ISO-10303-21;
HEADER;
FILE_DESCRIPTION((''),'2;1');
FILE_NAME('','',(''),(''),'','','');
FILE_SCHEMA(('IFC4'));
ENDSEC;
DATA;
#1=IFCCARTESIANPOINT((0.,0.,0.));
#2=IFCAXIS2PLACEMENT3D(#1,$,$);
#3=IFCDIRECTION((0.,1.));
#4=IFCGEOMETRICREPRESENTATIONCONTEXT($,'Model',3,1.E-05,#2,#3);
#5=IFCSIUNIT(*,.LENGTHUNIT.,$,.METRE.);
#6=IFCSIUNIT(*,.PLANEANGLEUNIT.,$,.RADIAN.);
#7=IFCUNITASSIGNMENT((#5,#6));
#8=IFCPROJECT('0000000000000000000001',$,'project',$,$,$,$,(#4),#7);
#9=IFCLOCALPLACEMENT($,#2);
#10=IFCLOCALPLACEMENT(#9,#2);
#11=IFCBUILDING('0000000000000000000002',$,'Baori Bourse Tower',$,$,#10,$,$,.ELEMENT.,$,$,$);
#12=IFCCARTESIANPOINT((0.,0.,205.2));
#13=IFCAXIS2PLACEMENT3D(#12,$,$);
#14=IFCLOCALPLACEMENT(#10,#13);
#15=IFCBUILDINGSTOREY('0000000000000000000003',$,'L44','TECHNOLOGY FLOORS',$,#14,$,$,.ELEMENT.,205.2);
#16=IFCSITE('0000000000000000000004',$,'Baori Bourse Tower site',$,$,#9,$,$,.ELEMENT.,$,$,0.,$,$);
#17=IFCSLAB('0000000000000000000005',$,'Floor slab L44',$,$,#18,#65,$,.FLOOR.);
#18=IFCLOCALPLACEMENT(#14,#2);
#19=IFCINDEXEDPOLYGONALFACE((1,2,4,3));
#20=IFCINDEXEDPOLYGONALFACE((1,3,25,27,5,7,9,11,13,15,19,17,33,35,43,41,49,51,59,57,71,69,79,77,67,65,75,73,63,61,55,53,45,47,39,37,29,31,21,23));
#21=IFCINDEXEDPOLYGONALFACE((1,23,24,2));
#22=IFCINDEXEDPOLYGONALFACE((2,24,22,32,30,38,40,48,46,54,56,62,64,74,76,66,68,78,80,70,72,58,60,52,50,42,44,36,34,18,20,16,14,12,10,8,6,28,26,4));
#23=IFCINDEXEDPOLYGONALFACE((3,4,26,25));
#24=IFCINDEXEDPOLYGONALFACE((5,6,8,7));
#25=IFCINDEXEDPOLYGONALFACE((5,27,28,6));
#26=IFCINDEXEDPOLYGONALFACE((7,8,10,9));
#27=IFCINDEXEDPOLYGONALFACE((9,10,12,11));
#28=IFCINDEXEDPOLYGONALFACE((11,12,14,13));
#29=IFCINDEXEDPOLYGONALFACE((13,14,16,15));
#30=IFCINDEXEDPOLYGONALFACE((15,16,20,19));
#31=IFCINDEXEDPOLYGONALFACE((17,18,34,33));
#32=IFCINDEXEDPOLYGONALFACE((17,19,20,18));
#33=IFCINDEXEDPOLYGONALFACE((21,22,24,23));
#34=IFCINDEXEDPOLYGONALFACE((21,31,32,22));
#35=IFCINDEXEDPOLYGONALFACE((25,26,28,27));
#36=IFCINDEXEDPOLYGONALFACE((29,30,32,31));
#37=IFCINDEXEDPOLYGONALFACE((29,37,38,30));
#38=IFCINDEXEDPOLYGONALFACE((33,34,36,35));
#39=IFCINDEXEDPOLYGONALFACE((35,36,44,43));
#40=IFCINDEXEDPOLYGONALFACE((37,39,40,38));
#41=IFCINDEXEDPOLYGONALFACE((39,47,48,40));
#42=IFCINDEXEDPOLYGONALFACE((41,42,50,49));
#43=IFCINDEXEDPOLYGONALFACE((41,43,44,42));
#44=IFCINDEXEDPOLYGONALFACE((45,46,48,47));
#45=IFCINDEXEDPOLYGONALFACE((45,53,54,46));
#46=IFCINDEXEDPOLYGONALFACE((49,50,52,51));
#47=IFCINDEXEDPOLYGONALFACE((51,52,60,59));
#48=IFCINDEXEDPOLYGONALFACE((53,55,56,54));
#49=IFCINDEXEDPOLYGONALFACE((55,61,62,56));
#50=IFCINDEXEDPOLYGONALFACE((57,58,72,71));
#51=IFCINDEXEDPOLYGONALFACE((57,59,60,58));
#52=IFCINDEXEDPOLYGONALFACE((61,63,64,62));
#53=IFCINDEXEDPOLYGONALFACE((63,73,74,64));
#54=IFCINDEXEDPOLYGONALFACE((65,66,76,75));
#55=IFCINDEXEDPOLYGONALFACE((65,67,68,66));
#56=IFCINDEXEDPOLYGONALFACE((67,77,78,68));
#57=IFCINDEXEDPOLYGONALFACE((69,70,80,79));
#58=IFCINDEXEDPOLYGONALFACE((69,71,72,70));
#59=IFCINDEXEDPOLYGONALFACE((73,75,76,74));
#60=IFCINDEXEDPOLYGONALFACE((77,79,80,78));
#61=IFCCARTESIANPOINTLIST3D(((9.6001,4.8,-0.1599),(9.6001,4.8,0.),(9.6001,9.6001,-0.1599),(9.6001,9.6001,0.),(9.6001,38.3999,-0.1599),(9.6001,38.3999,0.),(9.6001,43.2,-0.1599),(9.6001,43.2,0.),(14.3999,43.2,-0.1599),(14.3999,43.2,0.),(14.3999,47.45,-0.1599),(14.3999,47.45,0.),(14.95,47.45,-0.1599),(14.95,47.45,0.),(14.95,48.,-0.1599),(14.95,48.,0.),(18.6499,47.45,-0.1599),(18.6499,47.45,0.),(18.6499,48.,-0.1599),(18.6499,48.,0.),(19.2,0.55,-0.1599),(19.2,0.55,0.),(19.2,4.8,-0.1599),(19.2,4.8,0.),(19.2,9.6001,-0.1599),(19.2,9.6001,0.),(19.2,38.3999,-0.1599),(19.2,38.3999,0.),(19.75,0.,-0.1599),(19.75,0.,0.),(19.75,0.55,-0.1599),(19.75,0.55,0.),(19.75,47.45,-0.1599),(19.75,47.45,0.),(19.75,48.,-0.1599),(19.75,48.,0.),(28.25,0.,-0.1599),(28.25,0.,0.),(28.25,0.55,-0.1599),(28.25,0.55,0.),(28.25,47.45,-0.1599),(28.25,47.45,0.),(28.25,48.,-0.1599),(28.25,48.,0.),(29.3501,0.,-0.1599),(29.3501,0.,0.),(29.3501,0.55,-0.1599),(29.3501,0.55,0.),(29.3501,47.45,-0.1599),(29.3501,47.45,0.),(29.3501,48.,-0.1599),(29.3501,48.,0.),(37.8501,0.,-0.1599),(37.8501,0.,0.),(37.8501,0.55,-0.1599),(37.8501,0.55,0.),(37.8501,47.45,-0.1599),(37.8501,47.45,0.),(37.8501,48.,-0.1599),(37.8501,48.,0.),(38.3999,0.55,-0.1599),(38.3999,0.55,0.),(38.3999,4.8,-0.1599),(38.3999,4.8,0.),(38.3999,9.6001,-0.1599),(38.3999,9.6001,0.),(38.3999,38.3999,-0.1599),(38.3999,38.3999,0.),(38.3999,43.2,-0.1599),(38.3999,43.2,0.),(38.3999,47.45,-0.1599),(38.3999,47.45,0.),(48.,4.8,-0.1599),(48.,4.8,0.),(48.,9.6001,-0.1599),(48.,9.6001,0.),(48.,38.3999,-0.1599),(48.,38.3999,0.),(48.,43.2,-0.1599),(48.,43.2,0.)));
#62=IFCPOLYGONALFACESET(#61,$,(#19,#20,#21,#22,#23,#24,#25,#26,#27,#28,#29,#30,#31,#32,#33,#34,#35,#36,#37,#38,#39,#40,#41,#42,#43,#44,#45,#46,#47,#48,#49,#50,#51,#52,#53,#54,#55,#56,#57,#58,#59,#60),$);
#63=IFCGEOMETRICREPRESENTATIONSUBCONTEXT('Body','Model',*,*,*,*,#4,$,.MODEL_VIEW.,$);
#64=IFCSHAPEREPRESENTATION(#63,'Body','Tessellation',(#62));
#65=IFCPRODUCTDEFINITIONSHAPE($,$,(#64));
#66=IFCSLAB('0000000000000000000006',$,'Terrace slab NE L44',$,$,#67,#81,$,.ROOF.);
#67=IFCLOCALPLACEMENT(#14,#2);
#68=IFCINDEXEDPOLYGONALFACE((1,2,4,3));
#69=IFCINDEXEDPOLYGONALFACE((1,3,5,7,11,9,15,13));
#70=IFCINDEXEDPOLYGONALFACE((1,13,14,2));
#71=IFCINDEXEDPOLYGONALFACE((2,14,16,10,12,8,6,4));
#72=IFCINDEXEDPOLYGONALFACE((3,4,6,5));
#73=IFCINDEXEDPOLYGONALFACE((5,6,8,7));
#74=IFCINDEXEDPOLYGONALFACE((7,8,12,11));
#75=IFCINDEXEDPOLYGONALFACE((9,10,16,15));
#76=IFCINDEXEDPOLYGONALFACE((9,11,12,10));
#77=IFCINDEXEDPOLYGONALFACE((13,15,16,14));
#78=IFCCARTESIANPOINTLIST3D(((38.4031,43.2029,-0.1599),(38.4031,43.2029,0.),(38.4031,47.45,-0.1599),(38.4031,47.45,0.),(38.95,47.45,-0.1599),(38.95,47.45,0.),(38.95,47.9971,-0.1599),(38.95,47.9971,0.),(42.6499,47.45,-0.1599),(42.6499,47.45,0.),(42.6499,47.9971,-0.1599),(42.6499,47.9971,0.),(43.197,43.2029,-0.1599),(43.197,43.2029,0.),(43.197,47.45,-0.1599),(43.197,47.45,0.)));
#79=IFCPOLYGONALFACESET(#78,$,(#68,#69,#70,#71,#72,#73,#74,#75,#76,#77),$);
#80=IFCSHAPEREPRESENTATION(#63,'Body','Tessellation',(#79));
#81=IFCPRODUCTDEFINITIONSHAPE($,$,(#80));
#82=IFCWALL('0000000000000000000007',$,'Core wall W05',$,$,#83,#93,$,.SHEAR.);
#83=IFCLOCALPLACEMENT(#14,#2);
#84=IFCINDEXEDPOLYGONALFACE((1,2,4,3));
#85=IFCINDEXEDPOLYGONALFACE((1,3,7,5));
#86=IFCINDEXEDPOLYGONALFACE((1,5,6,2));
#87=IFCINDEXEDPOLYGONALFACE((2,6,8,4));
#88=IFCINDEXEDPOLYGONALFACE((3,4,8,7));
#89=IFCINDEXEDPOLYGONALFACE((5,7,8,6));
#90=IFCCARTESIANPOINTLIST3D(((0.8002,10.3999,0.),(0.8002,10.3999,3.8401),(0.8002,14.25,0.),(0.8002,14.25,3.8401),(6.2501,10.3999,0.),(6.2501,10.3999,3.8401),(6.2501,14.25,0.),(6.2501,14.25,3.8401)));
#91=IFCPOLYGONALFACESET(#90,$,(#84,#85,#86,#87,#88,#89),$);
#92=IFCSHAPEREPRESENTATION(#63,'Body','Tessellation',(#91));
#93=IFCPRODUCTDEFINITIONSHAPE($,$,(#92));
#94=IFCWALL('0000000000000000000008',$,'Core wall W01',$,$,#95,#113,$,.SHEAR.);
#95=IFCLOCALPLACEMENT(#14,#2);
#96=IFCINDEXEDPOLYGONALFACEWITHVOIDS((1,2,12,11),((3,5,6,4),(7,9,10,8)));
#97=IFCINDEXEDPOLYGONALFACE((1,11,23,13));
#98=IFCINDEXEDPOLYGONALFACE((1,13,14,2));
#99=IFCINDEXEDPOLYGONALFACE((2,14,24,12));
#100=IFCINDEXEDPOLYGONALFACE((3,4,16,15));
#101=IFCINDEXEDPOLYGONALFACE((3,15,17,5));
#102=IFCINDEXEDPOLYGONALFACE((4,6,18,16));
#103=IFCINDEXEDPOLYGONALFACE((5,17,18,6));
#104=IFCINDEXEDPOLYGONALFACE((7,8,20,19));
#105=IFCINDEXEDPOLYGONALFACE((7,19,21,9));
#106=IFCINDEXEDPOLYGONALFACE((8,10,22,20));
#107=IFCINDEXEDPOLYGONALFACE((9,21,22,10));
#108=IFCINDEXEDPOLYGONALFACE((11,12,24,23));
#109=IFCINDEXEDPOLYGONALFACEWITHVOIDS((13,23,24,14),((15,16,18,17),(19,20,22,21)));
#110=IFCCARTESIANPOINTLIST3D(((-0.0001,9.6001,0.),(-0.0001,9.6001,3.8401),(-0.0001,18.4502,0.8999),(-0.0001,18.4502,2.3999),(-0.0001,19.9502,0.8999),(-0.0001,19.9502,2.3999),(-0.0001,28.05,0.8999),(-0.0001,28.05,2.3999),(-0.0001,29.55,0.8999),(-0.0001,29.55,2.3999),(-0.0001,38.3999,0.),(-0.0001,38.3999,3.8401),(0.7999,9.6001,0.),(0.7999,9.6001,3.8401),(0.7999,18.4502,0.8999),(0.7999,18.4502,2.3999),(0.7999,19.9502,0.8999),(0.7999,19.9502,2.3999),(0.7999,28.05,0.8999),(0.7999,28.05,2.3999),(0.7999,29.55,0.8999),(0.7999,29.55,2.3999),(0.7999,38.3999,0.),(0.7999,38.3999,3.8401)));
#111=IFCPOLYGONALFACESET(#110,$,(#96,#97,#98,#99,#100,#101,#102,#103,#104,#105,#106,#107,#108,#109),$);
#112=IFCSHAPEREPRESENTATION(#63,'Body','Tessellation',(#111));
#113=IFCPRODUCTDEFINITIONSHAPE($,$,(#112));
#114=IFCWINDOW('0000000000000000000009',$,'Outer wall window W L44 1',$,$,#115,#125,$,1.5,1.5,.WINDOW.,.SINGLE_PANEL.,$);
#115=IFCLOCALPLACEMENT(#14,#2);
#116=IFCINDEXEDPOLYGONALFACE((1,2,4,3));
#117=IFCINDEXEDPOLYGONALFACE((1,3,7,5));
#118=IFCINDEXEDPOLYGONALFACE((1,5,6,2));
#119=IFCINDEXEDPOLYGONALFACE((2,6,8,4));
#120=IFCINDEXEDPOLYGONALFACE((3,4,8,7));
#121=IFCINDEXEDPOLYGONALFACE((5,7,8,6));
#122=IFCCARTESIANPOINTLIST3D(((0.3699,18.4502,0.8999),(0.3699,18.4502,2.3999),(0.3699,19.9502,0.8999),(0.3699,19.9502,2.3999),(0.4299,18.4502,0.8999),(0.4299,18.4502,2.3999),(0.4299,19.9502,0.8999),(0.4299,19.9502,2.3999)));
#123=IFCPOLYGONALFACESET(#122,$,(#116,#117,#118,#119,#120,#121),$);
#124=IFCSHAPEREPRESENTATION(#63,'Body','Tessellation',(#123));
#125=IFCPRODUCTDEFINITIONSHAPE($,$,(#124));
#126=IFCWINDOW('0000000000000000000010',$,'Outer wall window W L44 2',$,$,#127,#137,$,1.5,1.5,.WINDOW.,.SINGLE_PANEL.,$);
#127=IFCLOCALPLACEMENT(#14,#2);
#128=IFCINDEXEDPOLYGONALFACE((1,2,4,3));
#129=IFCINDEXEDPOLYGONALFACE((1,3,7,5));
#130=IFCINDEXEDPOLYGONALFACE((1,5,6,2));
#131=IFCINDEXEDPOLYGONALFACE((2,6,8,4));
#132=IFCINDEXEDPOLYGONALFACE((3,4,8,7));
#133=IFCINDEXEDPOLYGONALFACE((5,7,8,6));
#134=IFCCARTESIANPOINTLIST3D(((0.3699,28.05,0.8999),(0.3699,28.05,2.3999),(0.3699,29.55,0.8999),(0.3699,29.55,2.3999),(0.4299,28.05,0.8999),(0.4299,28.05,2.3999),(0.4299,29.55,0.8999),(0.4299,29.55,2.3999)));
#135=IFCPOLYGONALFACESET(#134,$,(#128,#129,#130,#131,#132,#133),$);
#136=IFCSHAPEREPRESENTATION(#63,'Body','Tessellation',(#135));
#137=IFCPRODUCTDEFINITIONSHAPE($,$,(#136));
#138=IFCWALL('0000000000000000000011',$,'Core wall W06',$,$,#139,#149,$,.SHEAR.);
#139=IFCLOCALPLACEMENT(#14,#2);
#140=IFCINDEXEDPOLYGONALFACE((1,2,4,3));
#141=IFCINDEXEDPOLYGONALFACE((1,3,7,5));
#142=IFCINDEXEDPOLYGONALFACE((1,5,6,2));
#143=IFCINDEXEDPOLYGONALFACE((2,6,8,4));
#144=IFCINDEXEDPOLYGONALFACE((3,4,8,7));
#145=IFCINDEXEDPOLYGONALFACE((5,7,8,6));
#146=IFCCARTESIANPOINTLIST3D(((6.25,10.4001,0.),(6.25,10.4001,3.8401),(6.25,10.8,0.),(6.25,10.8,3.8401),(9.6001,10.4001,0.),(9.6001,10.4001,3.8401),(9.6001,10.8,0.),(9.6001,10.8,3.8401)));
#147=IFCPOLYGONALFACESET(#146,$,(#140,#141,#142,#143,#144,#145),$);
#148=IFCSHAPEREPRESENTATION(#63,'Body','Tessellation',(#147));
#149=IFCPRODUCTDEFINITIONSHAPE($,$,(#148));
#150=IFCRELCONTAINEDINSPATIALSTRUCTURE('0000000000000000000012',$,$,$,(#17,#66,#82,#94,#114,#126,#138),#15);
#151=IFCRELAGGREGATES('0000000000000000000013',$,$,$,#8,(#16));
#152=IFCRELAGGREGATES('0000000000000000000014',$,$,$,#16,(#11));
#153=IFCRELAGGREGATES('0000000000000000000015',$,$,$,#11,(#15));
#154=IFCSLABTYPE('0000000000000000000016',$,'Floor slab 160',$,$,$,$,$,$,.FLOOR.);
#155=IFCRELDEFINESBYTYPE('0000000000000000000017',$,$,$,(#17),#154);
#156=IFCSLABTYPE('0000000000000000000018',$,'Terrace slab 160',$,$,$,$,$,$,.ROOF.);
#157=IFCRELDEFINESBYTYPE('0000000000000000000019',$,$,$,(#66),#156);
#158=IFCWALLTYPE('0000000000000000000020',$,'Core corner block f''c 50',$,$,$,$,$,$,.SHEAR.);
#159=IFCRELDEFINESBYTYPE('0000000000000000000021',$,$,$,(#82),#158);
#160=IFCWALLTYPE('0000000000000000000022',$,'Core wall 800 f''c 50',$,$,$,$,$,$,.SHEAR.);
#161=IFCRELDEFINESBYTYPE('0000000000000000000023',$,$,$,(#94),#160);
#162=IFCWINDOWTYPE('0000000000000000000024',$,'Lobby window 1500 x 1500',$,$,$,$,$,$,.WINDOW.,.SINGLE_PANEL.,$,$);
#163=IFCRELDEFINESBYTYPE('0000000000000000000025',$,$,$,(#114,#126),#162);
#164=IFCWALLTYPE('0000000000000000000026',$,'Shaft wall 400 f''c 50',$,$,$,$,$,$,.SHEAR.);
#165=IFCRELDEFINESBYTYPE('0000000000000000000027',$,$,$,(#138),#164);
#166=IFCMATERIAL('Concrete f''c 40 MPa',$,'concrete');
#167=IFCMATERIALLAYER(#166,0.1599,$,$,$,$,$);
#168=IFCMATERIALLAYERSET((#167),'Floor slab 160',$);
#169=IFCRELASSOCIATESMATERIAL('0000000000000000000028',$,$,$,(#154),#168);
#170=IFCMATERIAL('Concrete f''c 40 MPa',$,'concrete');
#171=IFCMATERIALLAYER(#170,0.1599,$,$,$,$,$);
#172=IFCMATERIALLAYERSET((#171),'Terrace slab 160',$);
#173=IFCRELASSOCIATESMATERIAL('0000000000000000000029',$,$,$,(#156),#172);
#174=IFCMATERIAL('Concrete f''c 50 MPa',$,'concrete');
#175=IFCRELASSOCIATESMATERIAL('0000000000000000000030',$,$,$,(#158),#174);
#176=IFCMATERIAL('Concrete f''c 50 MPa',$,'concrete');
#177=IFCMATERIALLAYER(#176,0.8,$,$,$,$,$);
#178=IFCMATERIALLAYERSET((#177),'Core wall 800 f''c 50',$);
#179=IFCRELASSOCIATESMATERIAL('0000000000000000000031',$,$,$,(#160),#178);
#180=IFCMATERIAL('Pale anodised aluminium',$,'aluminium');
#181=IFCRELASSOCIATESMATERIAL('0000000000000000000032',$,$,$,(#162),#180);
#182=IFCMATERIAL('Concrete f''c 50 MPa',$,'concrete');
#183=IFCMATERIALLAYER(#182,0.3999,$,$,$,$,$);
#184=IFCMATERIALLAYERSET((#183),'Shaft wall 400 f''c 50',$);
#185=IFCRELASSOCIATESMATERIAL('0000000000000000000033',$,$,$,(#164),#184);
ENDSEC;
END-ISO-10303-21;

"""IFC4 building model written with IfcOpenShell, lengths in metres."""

from ifc_helpers import new_model, si_unit, direction, frame, frame_2d, origin, place, context, subcontext, project, spatial, polyline, rectangle, outline, extrude, material, layer, layer_set, type_object, element, fill, save


model = new_model("IFC4")

# Units and contexts
model_context = context("Model", 3, precision=1e-05, world=origin(), true_north=direction((0.0, 1.0)))
body_context = subcontext(model_context, "Body", "Model", "MODEL_VIEW")
ifc_project = project(units=[si_unit("LENGTHUNIT", "METRE"), si_unit("PLANEANGLEUNIT", "RADIAN")], contexts=[model_context])

# Site, building, storey
site_placement = place(None, origin())
site = spatial("IfcSite", under=ifc_project, at=site_placement, Name="Baori Bourse Tower site", CompositionType="ELEMENT", RefElevation=0.0)
building_placement = place(site_placement, origin())
building = spatial("IfcBuilding", under=site, at=building_placement, Name="Baori Bourse Tower", CompositionType="ELEMENT")
storey_placement = place(building_placement, frame((0.0, 0.0, 205.2)))
storey = spatial("IfcBuildingStorey", under=building, at=storey_placement, Name="L44", Description="TECHNOLOGY FLOORS", CompositionType="ELEMENT", Elevation=205.2)

# Slabs
ifc_material_1 = material(Name="Concrete f'c 40 MPa", Category="concrete")
ifc_layer_1 = layer(ifc_material_1, 0.1599)
ifc_layer_set_1 = layer_set([ifc_layer_1], Name="Floor slab 160")
slab_type_1 = type_object("IfcSlabType", Name="Floor slab 160", PredefinedType="FLOOR", material=ifc_layer_set_1)
slab_1_placement = place(storey_placement, frame((0.0, 0.0, -0.1599)))
element("IfcSlab", 1, at=slab_1_placement, inside=storey, type_object=slab_type_1, Name="Floor slab L44", PredefinedType="FLOOR", context=body_context, shape_type="SweptSolid", body=[
    extrude(outline(polyline([(19.2, 4.8), (9.6001, 4.8), (9.6001, 9.6001), (19.2, 9.6001), (19.2, 38.3999), (9.6001, 38.3999), (9.6001, 43.2), (14.3999, 43.2), (14.3999, 47.45), (14.95, 47.45), (14.95, 48.0), (18.6499, 48.0), (18.6499, 47.45), (19.75, 47.45), (19.75, 48.0), (28.25, 48.0), (28.25, 47.45), (29.3501, 47.45), (29.3501, 48.0), (37.8501, 48.0), (37.8501, 47.45), (38.3999, 47.45), (38.3999, 43.2), (48.0, 43.2), (48.0, 38.3999), (38.3999, 38.3999), (38.3999, 9.6001), (48.0, 9.6001), (48.0, 4.8), (38.3999, 4.8), (38.3999, 0.55), (37.8501, 0.55), (37.8501, 0.0), (29.3501, 0.0), (29.3501, 0.55), (28.25, 0.55), (28.25, 0.0), (19.75, 0.0), (19.75, 0.55), (19.2, 0.55), (19.2, 4.8)])), origin(), (0.0, 0.0, 1.0), 0.1599),
])
ifc_material_2 = material(Name="Concrete f'c 40 MPa", Category="concrete")
ifc_layer_2 = layer(ifc_material_2, 0.1599)
ifc_layer_set_2 = layer_set([ifc_layer_2], Name="Terrace slab 160")
slab_type_2 = type_object("IfcSlabType", Name="Terrace slab 160", PredefinedType="ROOF", material=ifc_layer_set_2)
slab_2_placement = place(storey_placement, frame((0.0, 0.0, -0.1599)))
element("IfcSlab", 2, at=slab_2_placement, inside=storey, type_object=slab_type_2, Name="Terrace slab NE L44", PredefinedType="ROOF", context=body_context, shape_type="SweptSolid", body=[
    extrude(outline(polyline([(38.4031, 47.45), (38.95, 47.45), (38.95, 47.9971), (42.6499, 47.9971), (42.6499, 47.45), (43.197, 47.45), (43.197, 43.2029), (38.4031, 43.2029), (38.4031, 47.45)])), origin(), (0.0, 0.0, 1.0), 0.1599),
])

# Wall
ifc_material_3 = material(Name="Concrete f'c 50 MPa", Category="concrete")
wall_type_1 = type_object("IfcWallType", Name="Core corner block f'c 50", PredefinedType="SHEAR", material=ifc_material_3)
wall_1_placement = place(storey_placement, frame((0.8, 12.325, 0.0), z_axis=(0.0, 0.0, 1.0), x_axis=(1.0, 0.0, 0.0)))
element("IfcWall", 3, at=wall_1_placement, inside=storey, type_object=wall_type_1, Name="Core wall W05", PredefinedType="SHEAR", context=body_context, shape_type="SweptSolid", body=[
    extrude(rectangle(XDim=5.45, YDim=3.8501, at=frame_2d((2.7251, 0.0))), origin(), (0.0, 0.0, 1.0), 3.8401),
])

# Wall, openings, windows
ifc_material_4 = material(Name="Concrete f'c 50 MPa", Category="concrete")
ifc_layer_3 = layer(ifc_material_4, 0.8)
ifc_layer_set_3 = layer_set([ifc_layer_3], Name="Core wall 800 f'c 50")
wall_type_2 = type_object("IfcWallType", Name="Core wall 800 f'c 50", PredefinedType="SHEAR", material=ifc_layer_set_3)
wall_2_placement = place(storey_placement, frame((0.3999, 9.6001, 0.0), z_axis=(0.0, 0.0, 1.0), x_axis=(0.0, 1.0, 0.0)))
wall_2 = element("IfcWall", 4, at=wall_2_placement, inside=storey, type_object=wall_type_2, Name="Core wall W01", PredefinedType="SHEAR", context=body_context, shape_type="SweptSolid", body=[
    extrude(rectangle(XDim=28.7998, YDim=0.8, at=frame_2d((14.3999, 0.0))), origin(), (0.0, 0.0, 1.0), 3.8401),
])
opening_1_placement = place(wall_2_placement, frame((8.8501, 0.0, 0.8999)))
opening_1 = element("IfcOpeningElement", 5, at=opening_1_placement, cuts=wall_2, PredefinedType="OPENING", context=body_context, shape_type="SweptSolid", body=[
    extrude(rectangle(XDim=1.5, YDim=1.5, at=frame_2d((0.75, 0.75))), frame((0.0, 0.4099, 0.0), z_axis=(0.0, -1.0, 0.0), x_axis=(1.0, 0.0, 0.0)), (0.0, 0.0, 1.0), 0.8201),
])
opening_2_placement = place(wall_2_placement, frame((18.45, 0.0, 0.8999)))
opening_2 = element("IfcOpeningElement", 6, at=opening_2_placement, cuts=wall_2, PredefinedType="OPENING", context=body_context, shape_type="SweptSolid", body=[
    extrude(rectangle(XDim=1.5, YDim=1.5, at=frame_2d((0.75, 0.75))), frame((0.0, 0.4099, 0.0), z_axis=(0.0, -1.0, 0.0), x_axis=(1.0, 0.0, 0.0)), (0.0, 0.0, 1.0), 0.8201),
])
ifc_material_5 = material(Name="Pale anodised aluminium", Category="aluminium")
window_type = type_object("IfcWindowType", Name="Lobby window 1500 x 1500", PartitioningType="SINGLE_PANEL", PredefinedType="WINDOW", material=ifc_material_5)
window_1_placement = place(opening_1_placement, origin())
window_1 = element("IfcWindow", 7, at=window_1_placement, inside=storey, type_object=window_type, Name="Outer wall window W L44 1", OverallHeight=1.5, OverallWidth=1.5, PartitioningType="SINGLE_PANEL", PredefinedType="WINDOW", context=body_context, shape_type="SweptSolid", body=[
    extrude(rectangle(XDim=1.5, YDim=1.5, at=frame_2d((0.75, 0.75))), frame((0.0, 0.03, 0.0), z_axis=(0.0, -1.0, 0.0), x_axis=(1.0, 0.0, 0.0)), (0.0, 0.0, 1.0), 0.0601),
])
fill(opening_1, window_1)
window_2_placement = place(opening_2_placement, origin())
window_2 = element("IfcWindow", 8, at=window_2_placement, inside=storey, type_object=window_type, Name="Outer wall window W L44 2", OverallHeight=1.5, OverallWidth=1.5, PartitioningType="SINGLE_PANEL", PredefinedType="WINDOW", context=body_context, shape_type="SweptSolid", body=[
    extrude(rectangle(XDim=1.5, YDim=1.5, at=frame_2d((0.75, 0.75))), frame((0.0, 0.03, 0.0), z_axis=(0.0, -1.0, 0.0), x_axis=(1.0, 0.0, 0.0)), (0.0, 0.0, 1.0), 0.0601),
])
fill(opening_2, window_2)

# Wall
ifc_material_6 = material(Name="Concrete f'c 50 MPa", Category="concrete")
ifc_layer_4 = layer(ifc_material_6, 0.3999)
ifc_layer_set_4 = layer_set([ifc_layer_4], Name="Shaft wall 400 f'c 50")
wall_type_3 = type_object("IfcWallType", Name="Shaft wall 400 f'c 50", PredefinedType="SHEAR", material=ifc_layer_set_4)
wall_3_placement = place(storey_placement, frame((6.25, 10.6001, 0.0), z_axis=(0.0, 0.0, 1.0), x_axis=(1.0, 0.0, 0.0)))
element("IfcWall", 9, at=wall_3_placement, inside=storey, type_object=wall_type_3, Name="Core wall W06", PredefinedType="SHEAR", context=body_context, shape_type="SweptSolid", body=[
    extrude(rectangle(XDim=3.3501, YDim=0.3999, at=frame_2d((1.675, 0.0))), origin(), (0.0, 0.0, 1.0), 3.8401),
])

save(model, "model.ifc")
